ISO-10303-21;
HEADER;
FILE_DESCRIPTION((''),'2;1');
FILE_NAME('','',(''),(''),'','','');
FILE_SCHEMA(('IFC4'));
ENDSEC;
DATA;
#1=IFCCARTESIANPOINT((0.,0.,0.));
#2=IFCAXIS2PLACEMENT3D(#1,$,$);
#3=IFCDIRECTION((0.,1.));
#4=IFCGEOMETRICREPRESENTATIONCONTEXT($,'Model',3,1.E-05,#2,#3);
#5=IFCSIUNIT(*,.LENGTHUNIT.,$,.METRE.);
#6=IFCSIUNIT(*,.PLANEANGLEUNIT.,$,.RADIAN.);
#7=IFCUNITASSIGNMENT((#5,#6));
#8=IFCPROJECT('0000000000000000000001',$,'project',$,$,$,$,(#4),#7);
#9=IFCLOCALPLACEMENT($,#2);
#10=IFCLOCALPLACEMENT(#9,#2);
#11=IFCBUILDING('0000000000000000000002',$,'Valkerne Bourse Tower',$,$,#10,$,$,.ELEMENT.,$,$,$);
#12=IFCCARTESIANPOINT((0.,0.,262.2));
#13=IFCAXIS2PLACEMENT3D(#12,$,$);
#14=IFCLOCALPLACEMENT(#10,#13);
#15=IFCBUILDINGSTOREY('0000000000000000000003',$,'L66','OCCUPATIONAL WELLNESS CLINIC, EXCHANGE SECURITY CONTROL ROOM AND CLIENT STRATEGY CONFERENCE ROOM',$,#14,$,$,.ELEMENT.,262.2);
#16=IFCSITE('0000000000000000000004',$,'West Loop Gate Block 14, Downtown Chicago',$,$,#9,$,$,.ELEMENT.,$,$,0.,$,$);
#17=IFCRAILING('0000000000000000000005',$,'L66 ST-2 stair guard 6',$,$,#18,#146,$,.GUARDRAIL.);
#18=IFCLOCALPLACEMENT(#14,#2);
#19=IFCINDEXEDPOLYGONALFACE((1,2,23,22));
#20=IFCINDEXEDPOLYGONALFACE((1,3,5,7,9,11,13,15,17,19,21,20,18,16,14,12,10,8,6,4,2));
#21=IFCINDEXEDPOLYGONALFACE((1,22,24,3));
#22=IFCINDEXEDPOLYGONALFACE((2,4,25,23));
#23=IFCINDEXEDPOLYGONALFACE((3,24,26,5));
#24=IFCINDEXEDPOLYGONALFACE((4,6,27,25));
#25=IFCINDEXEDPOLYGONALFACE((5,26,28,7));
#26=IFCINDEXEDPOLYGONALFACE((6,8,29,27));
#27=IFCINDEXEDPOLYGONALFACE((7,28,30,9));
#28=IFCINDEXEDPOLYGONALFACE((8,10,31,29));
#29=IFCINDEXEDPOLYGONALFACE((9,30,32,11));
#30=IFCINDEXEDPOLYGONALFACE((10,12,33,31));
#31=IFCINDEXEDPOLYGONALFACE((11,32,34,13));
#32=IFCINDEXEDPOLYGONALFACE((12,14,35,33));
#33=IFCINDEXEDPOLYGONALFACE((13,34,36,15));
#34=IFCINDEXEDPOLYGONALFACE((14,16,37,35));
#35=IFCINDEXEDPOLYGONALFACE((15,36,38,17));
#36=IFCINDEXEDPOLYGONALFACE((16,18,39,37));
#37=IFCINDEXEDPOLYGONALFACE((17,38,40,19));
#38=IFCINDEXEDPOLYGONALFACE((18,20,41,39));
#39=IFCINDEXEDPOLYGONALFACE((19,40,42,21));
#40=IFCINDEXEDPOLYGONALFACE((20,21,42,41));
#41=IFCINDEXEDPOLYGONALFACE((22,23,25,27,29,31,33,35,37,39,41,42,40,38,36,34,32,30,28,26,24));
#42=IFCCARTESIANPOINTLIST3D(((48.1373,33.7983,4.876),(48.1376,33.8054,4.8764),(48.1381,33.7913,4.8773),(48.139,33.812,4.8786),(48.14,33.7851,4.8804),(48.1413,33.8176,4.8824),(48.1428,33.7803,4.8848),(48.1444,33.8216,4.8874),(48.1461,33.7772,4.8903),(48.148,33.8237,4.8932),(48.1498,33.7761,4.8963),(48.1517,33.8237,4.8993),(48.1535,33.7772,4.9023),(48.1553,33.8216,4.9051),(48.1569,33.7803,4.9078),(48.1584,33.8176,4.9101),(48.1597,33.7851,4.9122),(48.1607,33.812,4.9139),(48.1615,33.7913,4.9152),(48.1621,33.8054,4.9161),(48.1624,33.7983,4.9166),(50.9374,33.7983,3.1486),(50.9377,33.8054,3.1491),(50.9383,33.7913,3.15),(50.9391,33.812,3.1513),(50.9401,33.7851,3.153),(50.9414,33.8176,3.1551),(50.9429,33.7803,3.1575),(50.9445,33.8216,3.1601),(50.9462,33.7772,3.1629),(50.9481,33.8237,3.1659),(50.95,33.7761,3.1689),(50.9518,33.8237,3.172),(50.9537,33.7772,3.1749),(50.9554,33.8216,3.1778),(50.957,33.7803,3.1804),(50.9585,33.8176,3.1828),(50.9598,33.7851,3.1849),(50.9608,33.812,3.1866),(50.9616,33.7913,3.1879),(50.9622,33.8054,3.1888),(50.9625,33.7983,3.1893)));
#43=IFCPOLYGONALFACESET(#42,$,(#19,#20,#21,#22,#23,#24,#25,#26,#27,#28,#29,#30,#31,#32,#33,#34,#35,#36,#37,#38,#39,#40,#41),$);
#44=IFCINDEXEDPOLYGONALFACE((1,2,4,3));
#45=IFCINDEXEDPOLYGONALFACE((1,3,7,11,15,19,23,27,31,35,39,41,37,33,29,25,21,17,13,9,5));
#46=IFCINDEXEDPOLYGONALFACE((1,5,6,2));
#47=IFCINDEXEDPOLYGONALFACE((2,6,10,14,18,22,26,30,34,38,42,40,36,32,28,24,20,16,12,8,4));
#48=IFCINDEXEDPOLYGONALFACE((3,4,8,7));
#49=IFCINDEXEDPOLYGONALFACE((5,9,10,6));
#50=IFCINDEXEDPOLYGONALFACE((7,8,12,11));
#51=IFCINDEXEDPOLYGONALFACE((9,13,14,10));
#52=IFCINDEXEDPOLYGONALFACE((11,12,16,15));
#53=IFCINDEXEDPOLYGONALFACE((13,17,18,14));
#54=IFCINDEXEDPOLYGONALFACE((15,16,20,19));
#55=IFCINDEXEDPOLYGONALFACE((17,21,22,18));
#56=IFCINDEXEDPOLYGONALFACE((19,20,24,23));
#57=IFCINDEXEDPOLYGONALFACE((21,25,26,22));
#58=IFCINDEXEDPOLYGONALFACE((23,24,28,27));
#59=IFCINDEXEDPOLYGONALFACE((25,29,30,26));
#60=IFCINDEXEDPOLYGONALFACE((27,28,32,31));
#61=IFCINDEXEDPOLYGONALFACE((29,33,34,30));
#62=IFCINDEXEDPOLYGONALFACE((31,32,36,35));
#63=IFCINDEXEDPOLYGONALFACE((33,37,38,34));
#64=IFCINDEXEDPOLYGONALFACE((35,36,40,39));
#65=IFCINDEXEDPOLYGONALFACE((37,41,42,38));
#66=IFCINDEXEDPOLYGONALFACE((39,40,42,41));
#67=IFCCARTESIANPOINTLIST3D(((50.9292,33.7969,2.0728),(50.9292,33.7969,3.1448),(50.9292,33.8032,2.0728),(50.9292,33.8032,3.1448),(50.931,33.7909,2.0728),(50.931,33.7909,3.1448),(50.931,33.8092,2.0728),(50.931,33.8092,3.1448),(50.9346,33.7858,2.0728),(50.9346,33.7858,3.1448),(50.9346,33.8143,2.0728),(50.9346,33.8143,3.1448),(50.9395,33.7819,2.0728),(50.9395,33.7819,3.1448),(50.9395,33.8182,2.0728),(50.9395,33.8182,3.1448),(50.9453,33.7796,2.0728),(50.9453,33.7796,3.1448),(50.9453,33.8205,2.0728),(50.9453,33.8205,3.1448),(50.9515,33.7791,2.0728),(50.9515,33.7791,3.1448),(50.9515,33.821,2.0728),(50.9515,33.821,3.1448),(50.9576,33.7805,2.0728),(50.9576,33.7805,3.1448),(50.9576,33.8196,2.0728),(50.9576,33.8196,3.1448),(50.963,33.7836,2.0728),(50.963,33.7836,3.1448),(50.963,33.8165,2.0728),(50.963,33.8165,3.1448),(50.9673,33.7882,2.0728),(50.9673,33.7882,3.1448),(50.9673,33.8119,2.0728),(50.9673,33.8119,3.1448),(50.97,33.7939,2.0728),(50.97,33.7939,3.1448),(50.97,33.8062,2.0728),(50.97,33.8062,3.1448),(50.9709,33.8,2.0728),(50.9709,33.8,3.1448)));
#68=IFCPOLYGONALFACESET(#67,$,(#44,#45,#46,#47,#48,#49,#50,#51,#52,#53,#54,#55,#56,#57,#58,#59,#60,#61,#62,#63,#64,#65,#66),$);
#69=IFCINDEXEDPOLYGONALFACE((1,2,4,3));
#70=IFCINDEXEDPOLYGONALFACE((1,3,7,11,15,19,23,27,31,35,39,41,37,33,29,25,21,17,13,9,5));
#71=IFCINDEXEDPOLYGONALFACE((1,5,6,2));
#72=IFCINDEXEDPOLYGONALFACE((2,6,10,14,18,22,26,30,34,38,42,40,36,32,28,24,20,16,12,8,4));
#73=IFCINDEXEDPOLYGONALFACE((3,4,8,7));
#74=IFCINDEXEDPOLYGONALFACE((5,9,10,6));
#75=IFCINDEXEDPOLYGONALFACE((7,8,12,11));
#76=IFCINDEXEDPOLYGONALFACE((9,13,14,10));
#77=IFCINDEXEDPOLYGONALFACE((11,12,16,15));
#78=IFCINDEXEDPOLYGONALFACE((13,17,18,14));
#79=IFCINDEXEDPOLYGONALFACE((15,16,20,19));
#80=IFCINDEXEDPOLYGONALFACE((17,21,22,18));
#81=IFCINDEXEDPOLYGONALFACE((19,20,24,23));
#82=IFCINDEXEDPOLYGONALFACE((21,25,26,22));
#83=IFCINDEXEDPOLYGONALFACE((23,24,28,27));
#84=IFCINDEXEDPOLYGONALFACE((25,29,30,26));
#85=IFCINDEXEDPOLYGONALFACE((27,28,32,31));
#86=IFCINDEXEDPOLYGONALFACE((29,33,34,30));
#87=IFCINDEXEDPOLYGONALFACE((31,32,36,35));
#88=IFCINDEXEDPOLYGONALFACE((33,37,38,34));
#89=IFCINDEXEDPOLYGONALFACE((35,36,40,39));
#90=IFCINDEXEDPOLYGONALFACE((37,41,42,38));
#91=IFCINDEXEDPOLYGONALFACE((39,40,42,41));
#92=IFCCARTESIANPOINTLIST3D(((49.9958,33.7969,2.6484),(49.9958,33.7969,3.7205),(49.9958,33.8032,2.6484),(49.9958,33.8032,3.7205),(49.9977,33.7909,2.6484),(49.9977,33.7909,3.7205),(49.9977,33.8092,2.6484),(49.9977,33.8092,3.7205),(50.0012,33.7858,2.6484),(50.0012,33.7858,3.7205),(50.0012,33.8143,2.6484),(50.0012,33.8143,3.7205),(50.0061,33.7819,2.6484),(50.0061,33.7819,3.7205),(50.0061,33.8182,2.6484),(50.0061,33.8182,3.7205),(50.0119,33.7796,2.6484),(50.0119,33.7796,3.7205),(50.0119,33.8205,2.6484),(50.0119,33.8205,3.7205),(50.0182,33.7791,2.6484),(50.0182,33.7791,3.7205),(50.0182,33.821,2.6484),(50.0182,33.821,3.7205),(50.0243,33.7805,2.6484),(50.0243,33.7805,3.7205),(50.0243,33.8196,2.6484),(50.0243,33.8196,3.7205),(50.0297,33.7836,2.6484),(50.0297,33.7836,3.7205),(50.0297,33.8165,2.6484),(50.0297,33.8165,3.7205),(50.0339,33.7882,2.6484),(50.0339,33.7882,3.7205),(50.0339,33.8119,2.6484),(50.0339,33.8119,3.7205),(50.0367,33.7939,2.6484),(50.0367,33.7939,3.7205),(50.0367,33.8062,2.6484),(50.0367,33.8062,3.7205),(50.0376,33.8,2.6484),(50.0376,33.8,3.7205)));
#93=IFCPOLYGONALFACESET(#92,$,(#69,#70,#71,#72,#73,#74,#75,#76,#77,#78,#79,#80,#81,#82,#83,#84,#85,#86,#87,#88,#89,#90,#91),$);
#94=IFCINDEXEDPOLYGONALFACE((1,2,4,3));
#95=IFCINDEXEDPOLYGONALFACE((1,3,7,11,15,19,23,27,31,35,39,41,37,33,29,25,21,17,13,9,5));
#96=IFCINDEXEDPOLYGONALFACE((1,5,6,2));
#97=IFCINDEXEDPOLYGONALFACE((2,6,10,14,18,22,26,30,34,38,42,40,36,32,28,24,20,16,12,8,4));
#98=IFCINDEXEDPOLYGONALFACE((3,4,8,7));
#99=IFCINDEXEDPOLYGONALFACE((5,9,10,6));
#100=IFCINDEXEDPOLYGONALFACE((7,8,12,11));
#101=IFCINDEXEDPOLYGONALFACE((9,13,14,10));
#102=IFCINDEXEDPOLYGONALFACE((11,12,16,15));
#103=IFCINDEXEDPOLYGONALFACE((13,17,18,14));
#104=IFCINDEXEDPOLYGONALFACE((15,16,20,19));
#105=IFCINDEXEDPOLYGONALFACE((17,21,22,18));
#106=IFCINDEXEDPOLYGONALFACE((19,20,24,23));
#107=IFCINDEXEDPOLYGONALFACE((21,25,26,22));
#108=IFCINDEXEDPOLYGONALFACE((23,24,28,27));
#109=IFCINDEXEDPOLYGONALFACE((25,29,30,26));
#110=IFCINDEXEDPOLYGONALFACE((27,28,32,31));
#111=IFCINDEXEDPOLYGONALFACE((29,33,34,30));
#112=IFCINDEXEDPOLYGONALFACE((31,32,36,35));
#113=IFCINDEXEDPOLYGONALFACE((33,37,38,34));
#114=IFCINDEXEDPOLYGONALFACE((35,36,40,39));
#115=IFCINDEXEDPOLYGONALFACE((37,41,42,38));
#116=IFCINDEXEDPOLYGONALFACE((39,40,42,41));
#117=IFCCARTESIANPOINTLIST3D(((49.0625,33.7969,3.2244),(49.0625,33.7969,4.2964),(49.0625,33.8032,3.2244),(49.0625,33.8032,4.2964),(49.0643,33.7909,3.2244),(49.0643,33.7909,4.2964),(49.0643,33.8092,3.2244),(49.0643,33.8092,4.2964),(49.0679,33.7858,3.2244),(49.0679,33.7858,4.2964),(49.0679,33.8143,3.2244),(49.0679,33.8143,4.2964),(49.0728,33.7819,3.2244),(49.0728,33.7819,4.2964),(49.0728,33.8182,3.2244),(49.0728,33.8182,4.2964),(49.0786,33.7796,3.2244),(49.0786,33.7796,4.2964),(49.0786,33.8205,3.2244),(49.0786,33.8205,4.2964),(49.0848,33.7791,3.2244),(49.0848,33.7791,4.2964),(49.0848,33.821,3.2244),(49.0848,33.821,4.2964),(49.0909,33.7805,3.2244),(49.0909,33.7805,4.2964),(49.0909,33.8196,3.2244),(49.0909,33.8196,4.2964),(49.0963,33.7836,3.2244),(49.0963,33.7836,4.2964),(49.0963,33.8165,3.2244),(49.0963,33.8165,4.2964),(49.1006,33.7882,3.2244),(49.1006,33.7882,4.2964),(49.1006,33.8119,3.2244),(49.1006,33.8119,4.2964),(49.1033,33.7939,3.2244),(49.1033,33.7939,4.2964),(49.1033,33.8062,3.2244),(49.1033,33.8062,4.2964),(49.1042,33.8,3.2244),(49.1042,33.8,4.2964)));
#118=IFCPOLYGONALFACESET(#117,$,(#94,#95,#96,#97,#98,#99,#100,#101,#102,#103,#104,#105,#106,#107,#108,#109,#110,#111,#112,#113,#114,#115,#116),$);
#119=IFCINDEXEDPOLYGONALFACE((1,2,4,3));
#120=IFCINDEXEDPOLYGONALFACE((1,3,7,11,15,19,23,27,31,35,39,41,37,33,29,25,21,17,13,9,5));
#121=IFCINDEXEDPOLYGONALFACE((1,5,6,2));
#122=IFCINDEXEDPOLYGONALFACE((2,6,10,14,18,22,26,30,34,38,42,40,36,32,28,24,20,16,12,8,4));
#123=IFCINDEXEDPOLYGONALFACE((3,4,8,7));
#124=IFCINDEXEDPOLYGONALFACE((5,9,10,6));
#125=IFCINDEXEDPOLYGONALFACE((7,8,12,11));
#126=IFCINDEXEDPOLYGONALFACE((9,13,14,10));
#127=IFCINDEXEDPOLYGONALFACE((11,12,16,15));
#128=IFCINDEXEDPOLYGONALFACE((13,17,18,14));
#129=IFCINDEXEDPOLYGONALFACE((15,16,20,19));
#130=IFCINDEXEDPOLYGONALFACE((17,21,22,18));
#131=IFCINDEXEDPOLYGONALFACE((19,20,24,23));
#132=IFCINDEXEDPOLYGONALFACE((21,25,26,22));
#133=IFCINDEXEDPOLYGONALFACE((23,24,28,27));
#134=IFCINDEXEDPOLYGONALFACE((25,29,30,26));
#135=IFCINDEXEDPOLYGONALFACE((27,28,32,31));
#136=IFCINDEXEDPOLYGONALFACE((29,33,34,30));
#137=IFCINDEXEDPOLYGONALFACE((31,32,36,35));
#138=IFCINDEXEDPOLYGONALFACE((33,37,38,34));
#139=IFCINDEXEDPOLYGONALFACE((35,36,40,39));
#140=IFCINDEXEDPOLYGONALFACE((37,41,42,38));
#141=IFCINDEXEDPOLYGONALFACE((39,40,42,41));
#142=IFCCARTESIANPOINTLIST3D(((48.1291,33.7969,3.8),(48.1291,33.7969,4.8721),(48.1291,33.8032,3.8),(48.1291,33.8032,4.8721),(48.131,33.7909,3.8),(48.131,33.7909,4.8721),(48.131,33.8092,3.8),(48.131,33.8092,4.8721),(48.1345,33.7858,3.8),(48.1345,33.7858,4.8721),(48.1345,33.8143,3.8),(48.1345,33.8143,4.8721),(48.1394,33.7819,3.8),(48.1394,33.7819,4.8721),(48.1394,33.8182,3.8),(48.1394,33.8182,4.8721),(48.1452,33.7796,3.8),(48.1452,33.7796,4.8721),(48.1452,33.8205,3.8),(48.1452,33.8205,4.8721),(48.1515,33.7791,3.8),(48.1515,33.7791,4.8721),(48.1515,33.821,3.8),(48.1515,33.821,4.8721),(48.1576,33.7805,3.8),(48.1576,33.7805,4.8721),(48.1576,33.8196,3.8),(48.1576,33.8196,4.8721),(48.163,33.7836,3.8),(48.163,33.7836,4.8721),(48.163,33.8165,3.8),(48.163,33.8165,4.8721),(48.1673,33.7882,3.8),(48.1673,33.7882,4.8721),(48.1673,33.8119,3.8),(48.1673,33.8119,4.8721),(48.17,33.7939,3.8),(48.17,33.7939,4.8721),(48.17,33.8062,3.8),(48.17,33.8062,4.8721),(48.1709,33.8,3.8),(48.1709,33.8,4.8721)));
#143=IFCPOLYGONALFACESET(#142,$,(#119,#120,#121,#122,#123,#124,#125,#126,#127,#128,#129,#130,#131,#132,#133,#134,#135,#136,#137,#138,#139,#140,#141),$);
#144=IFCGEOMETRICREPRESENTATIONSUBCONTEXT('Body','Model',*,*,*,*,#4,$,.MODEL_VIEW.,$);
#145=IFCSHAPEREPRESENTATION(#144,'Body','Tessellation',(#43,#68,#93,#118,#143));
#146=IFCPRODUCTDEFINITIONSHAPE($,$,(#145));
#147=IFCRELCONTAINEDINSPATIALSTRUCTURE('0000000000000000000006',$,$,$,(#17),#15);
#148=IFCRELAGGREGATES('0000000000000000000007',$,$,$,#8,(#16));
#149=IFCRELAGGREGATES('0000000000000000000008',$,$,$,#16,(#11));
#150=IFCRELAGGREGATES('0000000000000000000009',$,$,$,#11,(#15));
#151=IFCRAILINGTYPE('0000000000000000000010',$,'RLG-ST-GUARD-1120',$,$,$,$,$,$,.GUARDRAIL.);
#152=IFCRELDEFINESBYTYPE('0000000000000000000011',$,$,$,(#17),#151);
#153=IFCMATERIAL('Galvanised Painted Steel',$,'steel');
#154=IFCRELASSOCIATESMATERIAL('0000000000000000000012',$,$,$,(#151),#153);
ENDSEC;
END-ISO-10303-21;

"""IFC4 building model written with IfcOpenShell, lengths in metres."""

from ifc_helpers import new_model, si_unit, direction, frame, origin, origin_2d, place, context, subcontext, project, spatial, circle, extrude, material, type_object, element, save


model = new_model("IFC4")

# Units and contexts
model_context = context("Model", 3, precision=1e-05, world=origin(), true_north=direction((0.0, 1.0)))
body_context = subcontext(model_context, "Body", "Model", "MODEL_VIEW")
ifc_project = project(units=[si_unit("LENGTHUNIT", "METRE"), si_unit("PLANEANGLEUNIT", "RADIAN")], contexts=[model_context])

# Site, building, storey
site_placement = place(None, origin())
site = spatial("IfcSite", under=ifc_project, at=site_placement, Name="West Loop Gate Block 14, Downtown Chicago", CompositionType="ELEMENT", RefElevation=0.0)
building_placement = place(site_placement, origin())
building = spatial("IfcBuilding", under=site, at=building_placement, Name="Valkerne Bourse Tower", CompositionType="ELEMENT")
storey_placement = place(building_placement, frame((0.0, 0.0, 262.2)))
storey = spatial("IfcBuildingStorey", under=building, at=storey_placement, Name="L66", Description="OCCUPATIONAL WELLNESS CLINIC, EXCHANGE SECURITY CONTROL ROOM AND CLIENT STRATEGY CONFERENCE ROOM", CompositionType="ELEMENT", Elevation=262.2)

# Shared definitions
ifc_material_1 = material(Name="Galvanised Painted Steel", Category="steel")

# Railing
railing_type_1 = type_object("IfcRailingType", Name="RLG-ST-GUARD-1120", PredefinedType="GUARDRAIL", material=ifc_material_1)
railing_1_placement = place(storey_placement, frame((50.95, 33.8, 2.0728)))
element("IfcRailing", 1, at=railing_1_placement, inside=storey, type_object=railing_type_1, Name="L66 ST-2 stair guard 6", PredefinedType="GUARDRAIL", context=body_context, shape_type="SweptSolid", body=[
    extrude(circle(Radius=0.0239, at=origin_2d()), frame((0.0, 0.0, 1.0962), z_axis=(-0.85109, 0.0, 0.52502), x_axis=(0.0, -1.0, 0.0)), (0.0, 0.0, 1.0), 3.29),
    extrude(circle(Radius=0.021, at=origin_2d()), origin(), (0.0, 0.0, 1.0), 1.072),
    extrude(circle(Radius=0.021, at=origin_2d()), frame((-0.9333, 0.0, 0.5757)), (0.0, 0.0, 1.0), 1.072),
    extrude(circle(Radius=0.021, at=origin_2d()), frame((-1.8667, 0.0, 1.1516)), (0.0, 0.0, 1.0), 1.072),
    extrude(circle(Radius=0.021, at=origin_2d()), frame((-2.8, 0.0, 1.7273)), (0.0, 0.0, 1.0), 1.072),
])

save(model, "model.ifc")
